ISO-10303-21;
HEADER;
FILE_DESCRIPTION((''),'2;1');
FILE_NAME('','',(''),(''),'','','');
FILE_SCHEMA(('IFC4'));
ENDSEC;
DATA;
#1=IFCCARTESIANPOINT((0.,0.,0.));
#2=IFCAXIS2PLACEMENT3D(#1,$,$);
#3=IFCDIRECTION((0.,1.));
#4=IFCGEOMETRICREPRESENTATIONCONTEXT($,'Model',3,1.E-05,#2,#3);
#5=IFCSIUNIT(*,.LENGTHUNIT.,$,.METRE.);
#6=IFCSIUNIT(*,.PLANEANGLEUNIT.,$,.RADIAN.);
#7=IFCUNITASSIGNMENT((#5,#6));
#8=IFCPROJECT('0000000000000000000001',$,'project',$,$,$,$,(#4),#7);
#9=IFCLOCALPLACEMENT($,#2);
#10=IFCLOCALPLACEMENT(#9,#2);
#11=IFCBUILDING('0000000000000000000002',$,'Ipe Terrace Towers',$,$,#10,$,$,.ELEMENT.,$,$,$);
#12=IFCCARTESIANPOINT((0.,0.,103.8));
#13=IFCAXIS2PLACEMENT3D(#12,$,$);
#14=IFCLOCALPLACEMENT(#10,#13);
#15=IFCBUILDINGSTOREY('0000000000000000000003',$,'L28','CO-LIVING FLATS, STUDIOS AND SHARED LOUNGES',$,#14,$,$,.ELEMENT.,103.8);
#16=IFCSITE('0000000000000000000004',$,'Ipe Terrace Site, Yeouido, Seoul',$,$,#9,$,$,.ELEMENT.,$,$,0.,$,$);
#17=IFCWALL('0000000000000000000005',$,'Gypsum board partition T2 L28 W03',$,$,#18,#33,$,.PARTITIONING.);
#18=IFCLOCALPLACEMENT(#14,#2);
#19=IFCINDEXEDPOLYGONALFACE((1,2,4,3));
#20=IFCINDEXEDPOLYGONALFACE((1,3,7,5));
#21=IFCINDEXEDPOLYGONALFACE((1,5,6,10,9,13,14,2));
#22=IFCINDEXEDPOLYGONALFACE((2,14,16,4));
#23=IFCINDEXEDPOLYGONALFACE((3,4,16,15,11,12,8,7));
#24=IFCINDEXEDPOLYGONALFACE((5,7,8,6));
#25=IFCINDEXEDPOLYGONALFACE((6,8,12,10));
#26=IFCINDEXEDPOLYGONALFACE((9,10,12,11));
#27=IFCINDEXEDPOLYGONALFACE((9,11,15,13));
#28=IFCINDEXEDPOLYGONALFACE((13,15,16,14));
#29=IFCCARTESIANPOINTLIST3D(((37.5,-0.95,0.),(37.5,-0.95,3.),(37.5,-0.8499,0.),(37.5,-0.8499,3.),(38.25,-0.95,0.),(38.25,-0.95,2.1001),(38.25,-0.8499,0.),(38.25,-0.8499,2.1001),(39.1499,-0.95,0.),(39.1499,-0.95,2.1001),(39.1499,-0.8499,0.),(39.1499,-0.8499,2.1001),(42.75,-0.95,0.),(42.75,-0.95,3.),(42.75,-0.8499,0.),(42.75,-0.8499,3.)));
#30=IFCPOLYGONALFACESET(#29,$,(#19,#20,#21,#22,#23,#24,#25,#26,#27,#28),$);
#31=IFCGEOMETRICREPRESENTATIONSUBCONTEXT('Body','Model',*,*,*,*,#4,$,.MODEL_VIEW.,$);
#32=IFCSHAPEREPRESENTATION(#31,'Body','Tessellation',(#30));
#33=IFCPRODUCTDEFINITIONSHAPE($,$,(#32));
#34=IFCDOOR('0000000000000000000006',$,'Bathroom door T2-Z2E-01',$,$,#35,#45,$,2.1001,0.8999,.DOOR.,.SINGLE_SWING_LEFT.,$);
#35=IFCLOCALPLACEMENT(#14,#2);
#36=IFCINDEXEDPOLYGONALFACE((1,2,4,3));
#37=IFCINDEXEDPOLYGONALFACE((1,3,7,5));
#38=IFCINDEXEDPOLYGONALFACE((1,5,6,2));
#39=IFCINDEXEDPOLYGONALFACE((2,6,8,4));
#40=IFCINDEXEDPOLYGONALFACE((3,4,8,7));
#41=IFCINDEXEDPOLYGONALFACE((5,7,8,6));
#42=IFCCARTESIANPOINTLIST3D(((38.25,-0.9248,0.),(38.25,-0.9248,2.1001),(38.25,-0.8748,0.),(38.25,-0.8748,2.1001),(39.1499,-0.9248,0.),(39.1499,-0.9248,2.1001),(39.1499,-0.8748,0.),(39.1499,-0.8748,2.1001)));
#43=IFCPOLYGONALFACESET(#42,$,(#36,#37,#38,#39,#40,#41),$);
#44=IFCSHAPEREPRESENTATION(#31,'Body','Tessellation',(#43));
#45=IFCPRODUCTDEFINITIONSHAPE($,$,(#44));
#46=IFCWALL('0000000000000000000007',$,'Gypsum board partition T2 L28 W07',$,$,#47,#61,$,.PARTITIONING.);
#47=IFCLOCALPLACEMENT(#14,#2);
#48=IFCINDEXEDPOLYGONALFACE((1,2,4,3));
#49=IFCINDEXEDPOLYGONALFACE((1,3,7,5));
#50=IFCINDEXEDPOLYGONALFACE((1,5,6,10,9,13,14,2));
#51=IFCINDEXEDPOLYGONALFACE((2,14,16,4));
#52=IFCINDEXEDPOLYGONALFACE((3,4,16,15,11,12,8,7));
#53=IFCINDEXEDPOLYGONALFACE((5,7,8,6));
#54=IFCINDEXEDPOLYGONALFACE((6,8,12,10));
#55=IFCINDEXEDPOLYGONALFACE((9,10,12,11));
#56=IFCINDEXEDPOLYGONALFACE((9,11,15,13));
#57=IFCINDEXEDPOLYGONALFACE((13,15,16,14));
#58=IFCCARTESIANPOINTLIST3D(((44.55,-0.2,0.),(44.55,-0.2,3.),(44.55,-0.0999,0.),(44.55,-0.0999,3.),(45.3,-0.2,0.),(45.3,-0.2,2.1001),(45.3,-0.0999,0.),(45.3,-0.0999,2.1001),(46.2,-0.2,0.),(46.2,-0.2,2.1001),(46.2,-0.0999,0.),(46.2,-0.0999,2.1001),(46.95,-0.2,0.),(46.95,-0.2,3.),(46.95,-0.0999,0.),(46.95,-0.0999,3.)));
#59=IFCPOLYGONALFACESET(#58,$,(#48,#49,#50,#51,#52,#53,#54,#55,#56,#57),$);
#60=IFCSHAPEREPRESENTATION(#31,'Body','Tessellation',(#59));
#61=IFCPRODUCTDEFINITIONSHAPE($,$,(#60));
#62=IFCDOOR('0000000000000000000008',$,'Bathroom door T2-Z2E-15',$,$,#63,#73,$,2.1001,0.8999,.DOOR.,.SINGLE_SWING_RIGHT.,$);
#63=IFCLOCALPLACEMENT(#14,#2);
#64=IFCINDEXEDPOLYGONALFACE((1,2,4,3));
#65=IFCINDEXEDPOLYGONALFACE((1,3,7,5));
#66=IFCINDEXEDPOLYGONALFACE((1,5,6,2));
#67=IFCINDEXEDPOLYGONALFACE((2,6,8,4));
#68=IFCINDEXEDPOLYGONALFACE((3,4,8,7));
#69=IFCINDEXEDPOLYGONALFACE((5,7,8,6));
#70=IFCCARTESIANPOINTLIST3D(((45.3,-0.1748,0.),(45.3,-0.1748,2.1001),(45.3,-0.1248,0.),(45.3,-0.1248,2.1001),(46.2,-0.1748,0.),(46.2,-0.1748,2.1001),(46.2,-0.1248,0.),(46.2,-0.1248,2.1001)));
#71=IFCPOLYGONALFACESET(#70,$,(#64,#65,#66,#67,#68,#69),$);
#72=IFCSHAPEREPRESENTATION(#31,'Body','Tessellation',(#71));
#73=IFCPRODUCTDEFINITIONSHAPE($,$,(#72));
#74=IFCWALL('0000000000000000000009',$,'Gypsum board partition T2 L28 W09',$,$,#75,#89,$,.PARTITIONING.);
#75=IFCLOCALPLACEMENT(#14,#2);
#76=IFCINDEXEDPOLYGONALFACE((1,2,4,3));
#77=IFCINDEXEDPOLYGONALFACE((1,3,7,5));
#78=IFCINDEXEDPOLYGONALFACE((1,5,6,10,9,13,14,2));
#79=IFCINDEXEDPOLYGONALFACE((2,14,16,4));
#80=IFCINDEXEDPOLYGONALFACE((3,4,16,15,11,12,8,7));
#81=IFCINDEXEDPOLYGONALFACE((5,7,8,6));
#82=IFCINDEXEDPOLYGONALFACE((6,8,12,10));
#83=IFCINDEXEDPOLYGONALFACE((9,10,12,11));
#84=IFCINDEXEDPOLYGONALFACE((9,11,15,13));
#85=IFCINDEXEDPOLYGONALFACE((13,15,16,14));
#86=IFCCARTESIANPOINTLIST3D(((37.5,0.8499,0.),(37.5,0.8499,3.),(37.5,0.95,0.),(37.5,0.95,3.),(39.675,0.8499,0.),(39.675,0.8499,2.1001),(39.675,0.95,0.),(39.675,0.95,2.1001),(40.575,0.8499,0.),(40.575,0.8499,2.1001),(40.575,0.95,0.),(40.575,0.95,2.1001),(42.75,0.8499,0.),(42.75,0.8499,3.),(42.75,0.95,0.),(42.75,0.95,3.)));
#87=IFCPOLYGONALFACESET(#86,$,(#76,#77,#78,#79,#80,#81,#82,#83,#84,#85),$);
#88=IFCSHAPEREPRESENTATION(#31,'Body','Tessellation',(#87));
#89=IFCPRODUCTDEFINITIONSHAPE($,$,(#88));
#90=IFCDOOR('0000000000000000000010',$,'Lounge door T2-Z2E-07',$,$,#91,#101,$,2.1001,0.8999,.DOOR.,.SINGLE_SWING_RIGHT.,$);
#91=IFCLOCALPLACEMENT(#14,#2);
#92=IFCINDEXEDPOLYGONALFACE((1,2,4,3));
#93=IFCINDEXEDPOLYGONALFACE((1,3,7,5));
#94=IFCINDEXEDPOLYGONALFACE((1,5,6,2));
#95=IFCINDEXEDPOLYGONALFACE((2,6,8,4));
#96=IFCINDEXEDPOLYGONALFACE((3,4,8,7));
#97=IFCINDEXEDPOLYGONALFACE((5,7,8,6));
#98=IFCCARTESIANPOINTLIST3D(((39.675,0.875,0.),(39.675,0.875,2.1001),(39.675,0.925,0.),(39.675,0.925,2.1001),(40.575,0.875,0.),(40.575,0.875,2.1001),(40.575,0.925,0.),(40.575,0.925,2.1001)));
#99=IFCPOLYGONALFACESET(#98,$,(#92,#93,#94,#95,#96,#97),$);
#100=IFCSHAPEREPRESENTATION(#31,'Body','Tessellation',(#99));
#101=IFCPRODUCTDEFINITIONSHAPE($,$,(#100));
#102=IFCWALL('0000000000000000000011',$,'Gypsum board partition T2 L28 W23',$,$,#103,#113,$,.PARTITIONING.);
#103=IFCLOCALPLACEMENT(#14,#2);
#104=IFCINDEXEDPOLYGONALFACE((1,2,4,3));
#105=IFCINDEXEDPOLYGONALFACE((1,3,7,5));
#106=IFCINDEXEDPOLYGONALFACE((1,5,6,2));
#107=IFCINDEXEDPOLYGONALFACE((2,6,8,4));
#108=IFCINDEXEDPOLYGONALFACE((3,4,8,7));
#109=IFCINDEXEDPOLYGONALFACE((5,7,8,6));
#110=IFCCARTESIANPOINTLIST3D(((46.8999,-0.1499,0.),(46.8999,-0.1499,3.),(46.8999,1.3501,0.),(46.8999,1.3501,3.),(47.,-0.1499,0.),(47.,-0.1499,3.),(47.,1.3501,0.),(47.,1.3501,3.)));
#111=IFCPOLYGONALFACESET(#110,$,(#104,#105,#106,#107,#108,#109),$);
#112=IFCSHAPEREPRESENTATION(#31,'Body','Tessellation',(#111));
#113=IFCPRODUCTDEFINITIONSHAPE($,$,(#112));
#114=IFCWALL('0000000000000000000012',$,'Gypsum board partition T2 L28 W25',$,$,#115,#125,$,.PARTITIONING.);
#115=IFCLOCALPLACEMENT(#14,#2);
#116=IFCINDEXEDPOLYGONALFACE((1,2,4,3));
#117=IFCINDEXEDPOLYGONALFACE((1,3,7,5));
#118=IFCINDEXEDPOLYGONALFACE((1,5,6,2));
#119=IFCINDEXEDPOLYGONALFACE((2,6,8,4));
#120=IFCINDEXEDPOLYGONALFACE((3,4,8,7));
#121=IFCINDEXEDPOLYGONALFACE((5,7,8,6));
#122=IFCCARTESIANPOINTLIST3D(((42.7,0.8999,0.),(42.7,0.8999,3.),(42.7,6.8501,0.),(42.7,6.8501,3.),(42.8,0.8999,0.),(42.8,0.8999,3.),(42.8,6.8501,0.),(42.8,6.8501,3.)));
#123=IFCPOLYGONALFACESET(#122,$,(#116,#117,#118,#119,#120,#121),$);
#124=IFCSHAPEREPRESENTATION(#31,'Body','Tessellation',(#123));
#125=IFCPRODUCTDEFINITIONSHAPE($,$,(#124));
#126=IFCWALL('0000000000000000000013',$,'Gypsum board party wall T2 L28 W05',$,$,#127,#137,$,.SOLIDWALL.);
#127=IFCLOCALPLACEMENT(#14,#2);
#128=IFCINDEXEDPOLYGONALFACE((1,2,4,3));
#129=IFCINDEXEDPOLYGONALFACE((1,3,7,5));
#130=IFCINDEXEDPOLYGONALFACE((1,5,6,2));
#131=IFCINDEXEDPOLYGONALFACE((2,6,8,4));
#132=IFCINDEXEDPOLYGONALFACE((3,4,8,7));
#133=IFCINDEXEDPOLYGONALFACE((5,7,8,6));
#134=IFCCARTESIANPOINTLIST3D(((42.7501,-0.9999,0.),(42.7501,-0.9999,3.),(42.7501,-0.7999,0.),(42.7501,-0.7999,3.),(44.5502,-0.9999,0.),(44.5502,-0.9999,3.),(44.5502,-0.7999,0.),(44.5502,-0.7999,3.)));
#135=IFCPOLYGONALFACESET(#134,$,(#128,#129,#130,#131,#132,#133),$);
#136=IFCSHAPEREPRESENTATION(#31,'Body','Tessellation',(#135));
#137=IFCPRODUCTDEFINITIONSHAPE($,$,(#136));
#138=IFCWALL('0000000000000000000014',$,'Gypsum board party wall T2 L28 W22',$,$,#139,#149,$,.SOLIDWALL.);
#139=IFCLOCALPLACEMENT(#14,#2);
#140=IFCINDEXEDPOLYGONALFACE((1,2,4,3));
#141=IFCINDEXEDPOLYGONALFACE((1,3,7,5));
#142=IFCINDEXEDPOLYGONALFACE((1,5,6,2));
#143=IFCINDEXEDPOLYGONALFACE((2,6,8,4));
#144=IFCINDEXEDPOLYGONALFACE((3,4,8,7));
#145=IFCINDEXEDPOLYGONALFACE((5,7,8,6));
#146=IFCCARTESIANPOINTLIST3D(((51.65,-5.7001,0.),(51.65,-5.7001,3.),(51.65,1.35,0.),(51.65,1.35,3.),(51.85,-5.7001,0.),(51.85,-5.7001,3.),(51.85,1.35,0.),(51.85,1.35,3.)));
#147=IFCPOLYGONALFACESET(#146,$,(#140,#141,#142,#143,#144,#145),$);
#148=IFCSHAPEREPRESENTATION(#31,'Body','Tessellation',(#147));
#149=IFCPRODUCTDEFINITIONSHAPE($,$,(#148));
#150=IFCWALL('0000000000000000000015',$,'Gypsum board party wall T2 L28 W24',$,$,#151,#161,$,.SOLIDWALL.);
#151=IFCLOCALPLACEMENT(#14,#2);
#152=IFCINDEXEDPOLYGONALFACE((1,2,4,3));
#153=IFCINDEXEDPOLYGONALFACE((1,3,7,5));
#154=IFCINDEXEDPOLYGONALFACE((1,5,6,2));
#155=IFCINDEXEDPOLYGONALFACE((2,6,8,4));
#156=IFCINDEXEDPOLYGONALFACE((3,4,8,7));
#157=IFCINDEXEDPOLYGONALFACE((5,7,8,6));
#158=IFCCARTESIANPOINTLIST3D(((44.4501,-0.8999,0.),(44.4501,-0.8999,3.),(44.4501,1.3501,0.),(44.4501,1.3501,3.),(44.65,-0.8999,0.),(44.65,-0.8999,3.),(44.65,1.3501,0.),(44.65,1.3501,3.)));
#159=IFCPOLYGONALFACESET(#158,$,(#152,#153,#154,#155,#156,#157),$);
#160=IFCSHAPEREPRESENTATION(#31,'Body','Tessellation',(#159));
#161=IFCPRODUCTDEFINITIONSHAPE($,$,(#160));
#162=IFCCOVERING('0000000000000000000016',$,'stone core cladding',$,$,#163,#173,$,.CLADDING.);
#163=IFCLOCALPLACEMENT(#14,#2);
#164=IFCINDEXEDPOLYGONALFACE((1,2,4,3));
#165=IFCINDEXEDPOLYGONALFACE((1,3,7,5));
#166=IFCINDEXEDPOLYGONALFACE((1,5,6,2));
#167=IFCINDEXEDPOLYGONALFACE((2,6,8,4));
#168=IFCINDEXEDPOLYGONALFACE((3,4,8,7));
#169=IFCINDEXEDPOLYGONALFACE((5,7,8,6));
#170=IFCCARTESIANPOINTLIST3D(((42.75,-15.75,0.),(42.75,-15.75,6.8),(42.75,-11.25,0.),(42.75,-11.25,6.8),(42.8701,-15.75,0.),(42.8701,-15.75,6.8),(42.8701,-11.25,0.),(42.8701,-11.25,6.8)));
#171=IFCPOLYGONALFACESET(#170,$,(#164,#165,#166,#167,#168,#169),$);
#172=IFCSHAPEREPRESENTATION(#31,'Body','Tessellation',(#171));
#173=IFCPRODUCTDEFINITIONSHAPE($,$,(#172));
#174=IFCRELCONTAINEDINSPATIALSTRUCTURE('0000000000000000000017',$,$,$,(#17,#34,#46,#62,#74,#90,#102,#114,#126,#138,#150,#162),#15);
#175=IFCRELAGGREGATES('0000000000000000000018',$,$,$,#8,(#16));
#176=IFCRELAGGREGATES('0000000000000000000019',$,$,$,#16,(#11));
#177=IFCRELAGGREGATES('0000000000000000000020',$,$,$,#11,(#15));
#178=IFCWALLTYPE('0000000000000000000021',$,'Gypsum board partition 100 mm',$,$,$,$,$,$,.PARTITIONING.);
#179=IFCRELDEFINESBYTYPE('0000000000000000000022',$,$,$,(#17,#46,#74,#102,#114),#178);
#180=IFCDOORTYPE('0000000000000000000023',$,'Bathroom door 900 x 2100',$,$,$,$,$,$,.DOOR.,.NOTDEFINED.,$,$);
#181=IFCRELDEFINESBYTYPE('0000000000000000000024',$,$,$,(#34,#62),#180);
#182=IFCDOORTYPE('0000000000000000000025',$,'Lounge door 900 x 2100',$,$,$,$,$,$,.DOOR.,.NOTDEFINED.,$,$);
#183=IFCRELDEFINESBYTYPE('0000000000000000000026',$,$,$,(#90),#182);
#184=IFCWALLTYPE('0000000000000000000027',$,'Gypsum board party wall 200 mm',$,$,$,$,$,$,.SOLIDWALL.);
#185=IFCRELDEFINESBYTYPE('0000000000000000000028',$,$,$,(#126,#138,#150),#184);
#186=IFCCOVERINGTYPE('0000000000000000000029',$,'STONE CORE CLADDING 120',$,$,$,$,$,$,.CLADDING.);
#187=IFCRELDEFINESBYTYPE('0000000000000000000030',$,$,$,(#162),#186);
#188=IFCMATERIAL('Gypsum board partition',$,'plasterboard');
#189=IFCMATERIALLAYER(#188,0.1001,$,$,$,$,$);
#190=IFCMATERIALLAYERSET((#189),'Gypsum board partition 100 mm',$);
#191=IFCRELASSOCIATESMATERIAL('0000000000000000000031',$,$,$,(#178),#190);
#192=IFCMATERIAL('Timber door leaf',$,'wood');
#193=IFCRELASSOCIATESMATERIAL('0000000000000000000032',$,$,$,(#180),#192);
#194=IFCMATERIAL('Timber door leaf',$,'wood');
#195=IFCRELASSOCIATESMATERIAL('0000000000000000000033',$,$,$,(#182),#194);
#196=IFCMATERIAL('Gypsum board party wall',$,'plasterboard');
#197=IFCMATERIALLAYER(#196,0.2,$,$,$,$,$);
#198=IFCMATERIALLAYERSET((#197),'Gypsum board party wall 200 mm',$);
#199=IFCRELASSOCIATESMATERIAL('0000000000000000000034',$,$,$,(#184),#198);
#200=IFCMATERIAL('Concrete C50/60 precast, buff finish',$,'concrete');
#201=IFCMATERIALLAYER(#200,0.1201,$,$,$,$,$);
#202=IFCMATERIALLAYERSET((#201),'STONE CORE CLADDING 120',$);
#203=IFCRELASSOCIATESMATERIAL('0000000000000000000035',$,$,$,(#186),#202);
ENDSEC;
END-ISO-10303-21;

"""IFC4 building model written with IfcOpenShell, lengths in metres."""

from ifc_helpers import new_model, si_unit, direction, frame, frame_2d, origin, origin_2d, place, context, subcontext, project, spatial, rectangle, extrude, material, layer, layer_set, type_object, element, fill, save


model = new_model("IFC4")

# Units and contexts
model_context = context("Model", 3, precision=1e-05, world=origin(), true_north=direction((0.0, 1.0)))
body_context = subcontext(model_context, "Body", "Model", "MODEL_VIEW")
ifc_project = project(units=[si_unit("LENGTHUNIT", "METRE"), si_unit("PLANEANGLEUNIT", "RADIAN")], contexts=[model_context])

# Site, building, storey
site_placement = place(None, origin())
site = spatial("IfcSite", under=ifc_project, at=site_placement, Name="Ipe Terrace Site, Yeouido, Seoul", CompositionType="ELEMENT", RefElevation=0.0)
building_placement = place(site_placement, origin())
building = spatial("IfcBuilding", under=site, at=building_placement, Name="Ipe Terrace Towers", CompositionType="ELEMENT")
storey_placement = place(building_placement, frame((0.0, 0.0, 103.8)))
storey = spatial("IfcBuildingStorey", under=building, at=storey_placement, Name="L28", Description="CO-LIVING FLATS, STUDIOS AND SHARED LOUNGES", CompositionType="ELEMENT", Elevation=103.8)

# Walls, openings, doors
ifc_material_1 = material(Name="Gypsum board partition", Category="plasterboard")
ifc_layer_1 = layer(ifc_material_1, 0.1001)
ifc_layer_set_1 = layer_set([ifc_layer_1], Name="Gypsum board partition 100 mm")
wall_type_1 = type_object("IfcWallType", Name="Gypsum board partition 100 mm", PredefinedType="PARTITIONING", material=ifc_layer_set_1)
wall_1_placement = place(storey_placement, frame((42.75, -0.8999, 0.0), z_axis=(0.0, 0.0, 1.0), x_axis=(-1.0, 0.0, 0.0)))
wall_1 = element("IfcWall", 1, at=wall_1_placement, inside=storey, type_object=wall_type_1, Name="Gypsum board partition T2 L28 W03", PredefinedType="PARTITIONING", context=body_context, shape_type="SweptSolid", body=[
    extrude(rectangle(XDim=5.25, YDim=0.1001, at=frame_2d((2.625, 0.0))), origin(), (0.0, 0.0, 1.0), 3.0),
])
opening_1_placement = place(wall_1_placement, frame((3.6001, 0.0, 0.0)))
opening_1 = element("IfcOpeningElement", 2, at=opening_1_placement, cuts=wall_1, PredefinedType="OPENING", context=body_context, shape_type="SweptSolid", body=[
    extrude(rectangle(XDim=0.8999, YDim=2.1001, at=frame_2d((0.45, 1.05))), frame((0.0, 0.0601, 0.0), z_axis=(0.0, -1.0, 0.0), x_axis=(1.0, 0.0, 0.0)), (0.0, 0.0, 1.0), 0.1201),
])
ifc_material_2 = material(Name="Timber door leaf", Category="wood")
door_type_1 = type_object("IfcDoorType", Name="Bathroom door 900 x 2100", OperationType="NOTDEFINED", PredefinedType="DOOR", material=ifc_material_2)
door_1_placement = place(opening_1_placement, origin())
door_1 = element("IfcDoor", 3, at=door_1_placement, inside=storey, type_object=door_type_1, Name="Bathroom door T2-Z2E-01", OperationType="SINGLE_SWING_LEFT", OverallHeight=2.1001, OverallWidth=0.8999, PredefinedType="DOOR", context=body_context, shape_type="SweptSolid", body=[
    extrude(rectangle(XDim=0.8999, YDim=2.1001, at=frame_2d((0.45, 1.05))), frame((0.0, 0.0249, 0.0), z_axis=(0.0, -1.0, 0.0), x_axis=(1.0, 0.0, 0.0)), (0.0, 0.0, 1.0), 0.05),
])
fill(opening_1, door_1)
wall_2_placement = place(storey_placement, frame((46.95, -0.1499, 0.0), z_axis=(0.0, 0.0, 1.0), x_axis=(-1.0, 0.0, 0.0)))
wall_2 = element("IfcWall", 4, at=wall_2_placement, inside=storey, type_object=wall_type_1, Name="Gypsum board partition T2 L28 W07", PredefinedType="PARTITIONING", context=body_context, shape_type="SweptSolid", body=[
    extrude(rectangle(XDim=2.3999, YDim=0.1001, at=frame_2d((1.2, 0.0))), origin(), (0.0, 0.0, 1.0), 3.0),
])
opening_2_placement = place(wall_2_placement, frame((0.75, 0.0, 0.0)))
opening_2 = element("IfcOpeningElement", 5, at=opening_2_placement, cuts=wall_2, PredefinedType="OPENING", context=body_context, shape_type="SweptSolid", body=[
    extrude(rectangle(XDim=0.8999, YDim=2.1001, at=frame_2d((0.45, 1.05))), frame((0.0, 0.0601, 0.0), z_axis=(0.0, -1.0, 0.0), x_axis=(1.0, 0.0, 0.0)), (0.0, 0.0, 1.0), 0.1201),
])
door_2_placement = place(opening_2_placement, origin())
door_2 = element("IfcDoor", 6, at=door_2_placement, inside=storey, type_object=door_type_1, Name="Bathroom door T2-Z2E-15", OperationType="SINGLE_SWING_RIGHT", OverallHeight=2.1001, OverallWidth=0.8999, PredefinedType="DOOR", context=body_context, shape_type="SweptSolid", body=[
    extrude(rectangle(XDim=0.8999, YDim=2.1001, at=frame_2d((0.45, 1.05))), frame((0.0, 0.0249, 0.0), z_axis=(0.0, -1.0, 0.0), x_axis=(1.0, 0.0, 0.0)), (0.0, 0.0, 1.0), 0.05),
])
fill(opening_2, door_2)
wall_3_placement = place(storey_placement, frame((42.75, 0.8999, 0.0), z_axis=(0.0, 0.0, 1.0), x_axis=(-1.0, 0.0, 0.0)))
wall_3 = element("IfcWall", 7, at=wall_3_placement, inside=storey, type_object=wall_type_1, Name="Gypsum board partition T2 L28 W09", PredefinedType="PARTITIONING", context=body_context, shape_type="SweptSolid", body=[
    extrude(rectangle(XDim=5.25, YDim=0.1001, at=frame_2d((2.625, 0.0))), origin(), (0.0, 0.0, 1.0), 3.0),
])
opening_3_placement = place(wall_3_placement, frame((2.175, 0.0, 0.0)))
opening_3 = element("IfcOpeningElement", 8, at=opening_3_placement, cuts=wall_3, PredefinedType="OPENING", context=body_context, shape_type="SweptSolid", body=[
    extrude(rectangle(XDim=0.8999, YDim=2.1001, at=frame_2d((0.45, 1.05))), frame((0.0, 0.0601, 0.0), z_axis=(0.0, -1.0, 0.0), x_axis=(1.0, 0.0, 0.0)), (0.0, 0.0, 1.0), 0.1201),
])
ifc_material_3 = material(Name="Timber door leaf", Category="wood")
door_type_2 = type_object("IfcDoorType", Name="Lounge door 900 x 2100", OperationType="NOTDEFINED", PredefinedType="DOOR", material=ifc_material_3)
door_3_placement = place(opening_3_placement, origin())
door_3 = element("IfcDoor", 9, at=door_3_placement, inside=storey, type_object=door_type_2, Name="Lounge door T2-Z2E-07", OperationType="SINGLE_SWING_RIGHT", OverallHeight=2.1001, OverallWidth=0.8999, PredefinedType="DOOR", context=body_context, shape_type="SweptSolid", body=[
    extrude(rectangle(XDim=0.8999, YDim=2.1001, at=frame_2d((0.45, 1.05))), frame((0.0, 0.0249, 0.0), z_axis=(0.0, -1.0, 0.0), x_axis=(1.0, 0.0, 0.0)), (0.0, 0.0, 1.0), 0.05),
])
fill(opening_3, door_3)

# Walls
wall_4_placement = place(storey_placement, frame((46.95, -0.1499, 0.0), z_axis=(0.0, 0.0, 1.0), x_axis=(0.0, 1.0, 0.0)))
element("IfcWall", 10, at=wall_4_placement, inside=storey, type_object=wall_type_1, Name="Gypsum board partition T2 L28 W23", PredefinedType="PARTITIONING", context=body_context, shape_type="SweptSolid", body=[
    extrude(rectangle(XDim=1.5, YDim=0.1001, at=frame_2d((0.75, 0.0))), origin(), (0.0, 0.0, 1.0), 3.0),
])
wall_5_placement = place(storey_placement, frame((42.75, 0.8999, 0.0), z_axis=(0.0, 0.0, 1.0), x_axis=(0.0, 1.0, 0.0)))
element("IfcWall", 11, at=wall_5_placement, inside=storey, type_object=wall_type_1, Name="Gypsum board partition T2 L28 W25", PredefinedType="PARTITIONING", context=body_context, shape_type="SweptSolid", body=[
    extrude(rectangle(XDim=5.9502, YDim=0.1001, at=frame_2d((2.9751, 0.0))), origin(), (0.0, 0.0, 1.0), 3.0),
])
ifc_material_4 = material(Name="Gypsum board party wall", Category="plasterboard")
ifc_layer_2 = layer(ifc_material_4, 0.2)
ifc_layer_set_2 = layer_set([ifc_layer_2], Name="Gypsum board party wall 200 mm")
wall_type_2 = type_object("IfcWallType", Name="Gypsum board party wall 200 mm", PredefinedType="SOLIDWALL", material=ifc_layer_set_2)
wall_6_placement = place(storey_placement, frame((44.55, -0.8999, 0.0), z_axis=(0.0, 0.0, 1.0), x_axis=(-1.0, 0.0, 0.0)))
element("IfcWall", 12, at=wall_6_placement, inside=storey, type_object=wall_type_2, Name="Gypsum board party wall T2 L28 W05", PredefinedType="SOLIDWALL", context=body_context, shape_type="SweptSolid", body=[
    extrude(rectangle(XDim=1.8, YDim=0.2, at=frame_2d((0.8999, 0.0))), origin(), (0.0, 0.0, 1.0), 3.0),
])
wall_7_placement = place(storey_placement, frame((51.75, -5.7, 0.0), z_axis=(0.0, 0.0, 1.0), x_axis=(0.0, 1.0, 0.0)))
element("IfcWall", 13, at=wall_7_placement, inside=storey, type_object=wall_type_2, Name="Gypsum board party wall T2 L28 W22", PredefinedType="SOLIDWALL", context=body_context, shape_type="SweptSolid", body=[
    extrude(rectangle(XDim=7.05, YDim=0.2, at=frame_2d((3.5249, 0.0))), origin(), (0.0, 0.0, 1.0), 3.0),
])
wall_8_placement = place(storey_placement, frame((44.55, -0.8999, 0.0), z_axis=(0.0, 0.0, 1.0), x_axis=(0.0, 1.0, 0.0)))
element("IfcWall", 14, at=wall_8_placement, inside=storey, type_object=wall_type_2, Name="Gypsum board party wall T2 L28 W24", PredefinedType="SOLIDWALL", context=body_context, shape_type="SweptSolid", body=[
    extrude(rectangle(XDim=2.25, YDim=0.2, at=frame_2d((1.125, 0.0))), origin(), (0.0, 0.0, 1.0), 3.0),
])

# Covering
ifc_material_5 = material(Name="Concrete C50/60 precast, buff finish", Category="concrete")
ifc_layer_3 = layer(ifc_material_5, 0.1201)
ifc_layer_set_3 = layer_set([ifc_layer_3], Name="STONE CORE CLADDING 120")
covering_type = type_object("IfcCoveringType", Name="STONE CORE CLADDING 120", PredefinedType="CLADDING", material=ifc_layer_set_3)
covering_placement = place(storey_placement, frame((42.8101, -13.5, 0.0), z_axis=(0.0, 0.0, 1.0), x_axis=(0.0, 1.0, 0.0)))
element("IfcCovering", 15, at=covering_placement, inside=storey, type_object=covering_type, Name="stone core cladding", PredefinedType="CLADDING", context=body_context, shape_type="SweptSolid", body=[
    extrude(rectangle(XDim=4.5, YDim=0.1201, at=origin_2d()), origin(), (0.0, 0.0, 1.0), 6.8),
])

save(model, "model.ifc")
